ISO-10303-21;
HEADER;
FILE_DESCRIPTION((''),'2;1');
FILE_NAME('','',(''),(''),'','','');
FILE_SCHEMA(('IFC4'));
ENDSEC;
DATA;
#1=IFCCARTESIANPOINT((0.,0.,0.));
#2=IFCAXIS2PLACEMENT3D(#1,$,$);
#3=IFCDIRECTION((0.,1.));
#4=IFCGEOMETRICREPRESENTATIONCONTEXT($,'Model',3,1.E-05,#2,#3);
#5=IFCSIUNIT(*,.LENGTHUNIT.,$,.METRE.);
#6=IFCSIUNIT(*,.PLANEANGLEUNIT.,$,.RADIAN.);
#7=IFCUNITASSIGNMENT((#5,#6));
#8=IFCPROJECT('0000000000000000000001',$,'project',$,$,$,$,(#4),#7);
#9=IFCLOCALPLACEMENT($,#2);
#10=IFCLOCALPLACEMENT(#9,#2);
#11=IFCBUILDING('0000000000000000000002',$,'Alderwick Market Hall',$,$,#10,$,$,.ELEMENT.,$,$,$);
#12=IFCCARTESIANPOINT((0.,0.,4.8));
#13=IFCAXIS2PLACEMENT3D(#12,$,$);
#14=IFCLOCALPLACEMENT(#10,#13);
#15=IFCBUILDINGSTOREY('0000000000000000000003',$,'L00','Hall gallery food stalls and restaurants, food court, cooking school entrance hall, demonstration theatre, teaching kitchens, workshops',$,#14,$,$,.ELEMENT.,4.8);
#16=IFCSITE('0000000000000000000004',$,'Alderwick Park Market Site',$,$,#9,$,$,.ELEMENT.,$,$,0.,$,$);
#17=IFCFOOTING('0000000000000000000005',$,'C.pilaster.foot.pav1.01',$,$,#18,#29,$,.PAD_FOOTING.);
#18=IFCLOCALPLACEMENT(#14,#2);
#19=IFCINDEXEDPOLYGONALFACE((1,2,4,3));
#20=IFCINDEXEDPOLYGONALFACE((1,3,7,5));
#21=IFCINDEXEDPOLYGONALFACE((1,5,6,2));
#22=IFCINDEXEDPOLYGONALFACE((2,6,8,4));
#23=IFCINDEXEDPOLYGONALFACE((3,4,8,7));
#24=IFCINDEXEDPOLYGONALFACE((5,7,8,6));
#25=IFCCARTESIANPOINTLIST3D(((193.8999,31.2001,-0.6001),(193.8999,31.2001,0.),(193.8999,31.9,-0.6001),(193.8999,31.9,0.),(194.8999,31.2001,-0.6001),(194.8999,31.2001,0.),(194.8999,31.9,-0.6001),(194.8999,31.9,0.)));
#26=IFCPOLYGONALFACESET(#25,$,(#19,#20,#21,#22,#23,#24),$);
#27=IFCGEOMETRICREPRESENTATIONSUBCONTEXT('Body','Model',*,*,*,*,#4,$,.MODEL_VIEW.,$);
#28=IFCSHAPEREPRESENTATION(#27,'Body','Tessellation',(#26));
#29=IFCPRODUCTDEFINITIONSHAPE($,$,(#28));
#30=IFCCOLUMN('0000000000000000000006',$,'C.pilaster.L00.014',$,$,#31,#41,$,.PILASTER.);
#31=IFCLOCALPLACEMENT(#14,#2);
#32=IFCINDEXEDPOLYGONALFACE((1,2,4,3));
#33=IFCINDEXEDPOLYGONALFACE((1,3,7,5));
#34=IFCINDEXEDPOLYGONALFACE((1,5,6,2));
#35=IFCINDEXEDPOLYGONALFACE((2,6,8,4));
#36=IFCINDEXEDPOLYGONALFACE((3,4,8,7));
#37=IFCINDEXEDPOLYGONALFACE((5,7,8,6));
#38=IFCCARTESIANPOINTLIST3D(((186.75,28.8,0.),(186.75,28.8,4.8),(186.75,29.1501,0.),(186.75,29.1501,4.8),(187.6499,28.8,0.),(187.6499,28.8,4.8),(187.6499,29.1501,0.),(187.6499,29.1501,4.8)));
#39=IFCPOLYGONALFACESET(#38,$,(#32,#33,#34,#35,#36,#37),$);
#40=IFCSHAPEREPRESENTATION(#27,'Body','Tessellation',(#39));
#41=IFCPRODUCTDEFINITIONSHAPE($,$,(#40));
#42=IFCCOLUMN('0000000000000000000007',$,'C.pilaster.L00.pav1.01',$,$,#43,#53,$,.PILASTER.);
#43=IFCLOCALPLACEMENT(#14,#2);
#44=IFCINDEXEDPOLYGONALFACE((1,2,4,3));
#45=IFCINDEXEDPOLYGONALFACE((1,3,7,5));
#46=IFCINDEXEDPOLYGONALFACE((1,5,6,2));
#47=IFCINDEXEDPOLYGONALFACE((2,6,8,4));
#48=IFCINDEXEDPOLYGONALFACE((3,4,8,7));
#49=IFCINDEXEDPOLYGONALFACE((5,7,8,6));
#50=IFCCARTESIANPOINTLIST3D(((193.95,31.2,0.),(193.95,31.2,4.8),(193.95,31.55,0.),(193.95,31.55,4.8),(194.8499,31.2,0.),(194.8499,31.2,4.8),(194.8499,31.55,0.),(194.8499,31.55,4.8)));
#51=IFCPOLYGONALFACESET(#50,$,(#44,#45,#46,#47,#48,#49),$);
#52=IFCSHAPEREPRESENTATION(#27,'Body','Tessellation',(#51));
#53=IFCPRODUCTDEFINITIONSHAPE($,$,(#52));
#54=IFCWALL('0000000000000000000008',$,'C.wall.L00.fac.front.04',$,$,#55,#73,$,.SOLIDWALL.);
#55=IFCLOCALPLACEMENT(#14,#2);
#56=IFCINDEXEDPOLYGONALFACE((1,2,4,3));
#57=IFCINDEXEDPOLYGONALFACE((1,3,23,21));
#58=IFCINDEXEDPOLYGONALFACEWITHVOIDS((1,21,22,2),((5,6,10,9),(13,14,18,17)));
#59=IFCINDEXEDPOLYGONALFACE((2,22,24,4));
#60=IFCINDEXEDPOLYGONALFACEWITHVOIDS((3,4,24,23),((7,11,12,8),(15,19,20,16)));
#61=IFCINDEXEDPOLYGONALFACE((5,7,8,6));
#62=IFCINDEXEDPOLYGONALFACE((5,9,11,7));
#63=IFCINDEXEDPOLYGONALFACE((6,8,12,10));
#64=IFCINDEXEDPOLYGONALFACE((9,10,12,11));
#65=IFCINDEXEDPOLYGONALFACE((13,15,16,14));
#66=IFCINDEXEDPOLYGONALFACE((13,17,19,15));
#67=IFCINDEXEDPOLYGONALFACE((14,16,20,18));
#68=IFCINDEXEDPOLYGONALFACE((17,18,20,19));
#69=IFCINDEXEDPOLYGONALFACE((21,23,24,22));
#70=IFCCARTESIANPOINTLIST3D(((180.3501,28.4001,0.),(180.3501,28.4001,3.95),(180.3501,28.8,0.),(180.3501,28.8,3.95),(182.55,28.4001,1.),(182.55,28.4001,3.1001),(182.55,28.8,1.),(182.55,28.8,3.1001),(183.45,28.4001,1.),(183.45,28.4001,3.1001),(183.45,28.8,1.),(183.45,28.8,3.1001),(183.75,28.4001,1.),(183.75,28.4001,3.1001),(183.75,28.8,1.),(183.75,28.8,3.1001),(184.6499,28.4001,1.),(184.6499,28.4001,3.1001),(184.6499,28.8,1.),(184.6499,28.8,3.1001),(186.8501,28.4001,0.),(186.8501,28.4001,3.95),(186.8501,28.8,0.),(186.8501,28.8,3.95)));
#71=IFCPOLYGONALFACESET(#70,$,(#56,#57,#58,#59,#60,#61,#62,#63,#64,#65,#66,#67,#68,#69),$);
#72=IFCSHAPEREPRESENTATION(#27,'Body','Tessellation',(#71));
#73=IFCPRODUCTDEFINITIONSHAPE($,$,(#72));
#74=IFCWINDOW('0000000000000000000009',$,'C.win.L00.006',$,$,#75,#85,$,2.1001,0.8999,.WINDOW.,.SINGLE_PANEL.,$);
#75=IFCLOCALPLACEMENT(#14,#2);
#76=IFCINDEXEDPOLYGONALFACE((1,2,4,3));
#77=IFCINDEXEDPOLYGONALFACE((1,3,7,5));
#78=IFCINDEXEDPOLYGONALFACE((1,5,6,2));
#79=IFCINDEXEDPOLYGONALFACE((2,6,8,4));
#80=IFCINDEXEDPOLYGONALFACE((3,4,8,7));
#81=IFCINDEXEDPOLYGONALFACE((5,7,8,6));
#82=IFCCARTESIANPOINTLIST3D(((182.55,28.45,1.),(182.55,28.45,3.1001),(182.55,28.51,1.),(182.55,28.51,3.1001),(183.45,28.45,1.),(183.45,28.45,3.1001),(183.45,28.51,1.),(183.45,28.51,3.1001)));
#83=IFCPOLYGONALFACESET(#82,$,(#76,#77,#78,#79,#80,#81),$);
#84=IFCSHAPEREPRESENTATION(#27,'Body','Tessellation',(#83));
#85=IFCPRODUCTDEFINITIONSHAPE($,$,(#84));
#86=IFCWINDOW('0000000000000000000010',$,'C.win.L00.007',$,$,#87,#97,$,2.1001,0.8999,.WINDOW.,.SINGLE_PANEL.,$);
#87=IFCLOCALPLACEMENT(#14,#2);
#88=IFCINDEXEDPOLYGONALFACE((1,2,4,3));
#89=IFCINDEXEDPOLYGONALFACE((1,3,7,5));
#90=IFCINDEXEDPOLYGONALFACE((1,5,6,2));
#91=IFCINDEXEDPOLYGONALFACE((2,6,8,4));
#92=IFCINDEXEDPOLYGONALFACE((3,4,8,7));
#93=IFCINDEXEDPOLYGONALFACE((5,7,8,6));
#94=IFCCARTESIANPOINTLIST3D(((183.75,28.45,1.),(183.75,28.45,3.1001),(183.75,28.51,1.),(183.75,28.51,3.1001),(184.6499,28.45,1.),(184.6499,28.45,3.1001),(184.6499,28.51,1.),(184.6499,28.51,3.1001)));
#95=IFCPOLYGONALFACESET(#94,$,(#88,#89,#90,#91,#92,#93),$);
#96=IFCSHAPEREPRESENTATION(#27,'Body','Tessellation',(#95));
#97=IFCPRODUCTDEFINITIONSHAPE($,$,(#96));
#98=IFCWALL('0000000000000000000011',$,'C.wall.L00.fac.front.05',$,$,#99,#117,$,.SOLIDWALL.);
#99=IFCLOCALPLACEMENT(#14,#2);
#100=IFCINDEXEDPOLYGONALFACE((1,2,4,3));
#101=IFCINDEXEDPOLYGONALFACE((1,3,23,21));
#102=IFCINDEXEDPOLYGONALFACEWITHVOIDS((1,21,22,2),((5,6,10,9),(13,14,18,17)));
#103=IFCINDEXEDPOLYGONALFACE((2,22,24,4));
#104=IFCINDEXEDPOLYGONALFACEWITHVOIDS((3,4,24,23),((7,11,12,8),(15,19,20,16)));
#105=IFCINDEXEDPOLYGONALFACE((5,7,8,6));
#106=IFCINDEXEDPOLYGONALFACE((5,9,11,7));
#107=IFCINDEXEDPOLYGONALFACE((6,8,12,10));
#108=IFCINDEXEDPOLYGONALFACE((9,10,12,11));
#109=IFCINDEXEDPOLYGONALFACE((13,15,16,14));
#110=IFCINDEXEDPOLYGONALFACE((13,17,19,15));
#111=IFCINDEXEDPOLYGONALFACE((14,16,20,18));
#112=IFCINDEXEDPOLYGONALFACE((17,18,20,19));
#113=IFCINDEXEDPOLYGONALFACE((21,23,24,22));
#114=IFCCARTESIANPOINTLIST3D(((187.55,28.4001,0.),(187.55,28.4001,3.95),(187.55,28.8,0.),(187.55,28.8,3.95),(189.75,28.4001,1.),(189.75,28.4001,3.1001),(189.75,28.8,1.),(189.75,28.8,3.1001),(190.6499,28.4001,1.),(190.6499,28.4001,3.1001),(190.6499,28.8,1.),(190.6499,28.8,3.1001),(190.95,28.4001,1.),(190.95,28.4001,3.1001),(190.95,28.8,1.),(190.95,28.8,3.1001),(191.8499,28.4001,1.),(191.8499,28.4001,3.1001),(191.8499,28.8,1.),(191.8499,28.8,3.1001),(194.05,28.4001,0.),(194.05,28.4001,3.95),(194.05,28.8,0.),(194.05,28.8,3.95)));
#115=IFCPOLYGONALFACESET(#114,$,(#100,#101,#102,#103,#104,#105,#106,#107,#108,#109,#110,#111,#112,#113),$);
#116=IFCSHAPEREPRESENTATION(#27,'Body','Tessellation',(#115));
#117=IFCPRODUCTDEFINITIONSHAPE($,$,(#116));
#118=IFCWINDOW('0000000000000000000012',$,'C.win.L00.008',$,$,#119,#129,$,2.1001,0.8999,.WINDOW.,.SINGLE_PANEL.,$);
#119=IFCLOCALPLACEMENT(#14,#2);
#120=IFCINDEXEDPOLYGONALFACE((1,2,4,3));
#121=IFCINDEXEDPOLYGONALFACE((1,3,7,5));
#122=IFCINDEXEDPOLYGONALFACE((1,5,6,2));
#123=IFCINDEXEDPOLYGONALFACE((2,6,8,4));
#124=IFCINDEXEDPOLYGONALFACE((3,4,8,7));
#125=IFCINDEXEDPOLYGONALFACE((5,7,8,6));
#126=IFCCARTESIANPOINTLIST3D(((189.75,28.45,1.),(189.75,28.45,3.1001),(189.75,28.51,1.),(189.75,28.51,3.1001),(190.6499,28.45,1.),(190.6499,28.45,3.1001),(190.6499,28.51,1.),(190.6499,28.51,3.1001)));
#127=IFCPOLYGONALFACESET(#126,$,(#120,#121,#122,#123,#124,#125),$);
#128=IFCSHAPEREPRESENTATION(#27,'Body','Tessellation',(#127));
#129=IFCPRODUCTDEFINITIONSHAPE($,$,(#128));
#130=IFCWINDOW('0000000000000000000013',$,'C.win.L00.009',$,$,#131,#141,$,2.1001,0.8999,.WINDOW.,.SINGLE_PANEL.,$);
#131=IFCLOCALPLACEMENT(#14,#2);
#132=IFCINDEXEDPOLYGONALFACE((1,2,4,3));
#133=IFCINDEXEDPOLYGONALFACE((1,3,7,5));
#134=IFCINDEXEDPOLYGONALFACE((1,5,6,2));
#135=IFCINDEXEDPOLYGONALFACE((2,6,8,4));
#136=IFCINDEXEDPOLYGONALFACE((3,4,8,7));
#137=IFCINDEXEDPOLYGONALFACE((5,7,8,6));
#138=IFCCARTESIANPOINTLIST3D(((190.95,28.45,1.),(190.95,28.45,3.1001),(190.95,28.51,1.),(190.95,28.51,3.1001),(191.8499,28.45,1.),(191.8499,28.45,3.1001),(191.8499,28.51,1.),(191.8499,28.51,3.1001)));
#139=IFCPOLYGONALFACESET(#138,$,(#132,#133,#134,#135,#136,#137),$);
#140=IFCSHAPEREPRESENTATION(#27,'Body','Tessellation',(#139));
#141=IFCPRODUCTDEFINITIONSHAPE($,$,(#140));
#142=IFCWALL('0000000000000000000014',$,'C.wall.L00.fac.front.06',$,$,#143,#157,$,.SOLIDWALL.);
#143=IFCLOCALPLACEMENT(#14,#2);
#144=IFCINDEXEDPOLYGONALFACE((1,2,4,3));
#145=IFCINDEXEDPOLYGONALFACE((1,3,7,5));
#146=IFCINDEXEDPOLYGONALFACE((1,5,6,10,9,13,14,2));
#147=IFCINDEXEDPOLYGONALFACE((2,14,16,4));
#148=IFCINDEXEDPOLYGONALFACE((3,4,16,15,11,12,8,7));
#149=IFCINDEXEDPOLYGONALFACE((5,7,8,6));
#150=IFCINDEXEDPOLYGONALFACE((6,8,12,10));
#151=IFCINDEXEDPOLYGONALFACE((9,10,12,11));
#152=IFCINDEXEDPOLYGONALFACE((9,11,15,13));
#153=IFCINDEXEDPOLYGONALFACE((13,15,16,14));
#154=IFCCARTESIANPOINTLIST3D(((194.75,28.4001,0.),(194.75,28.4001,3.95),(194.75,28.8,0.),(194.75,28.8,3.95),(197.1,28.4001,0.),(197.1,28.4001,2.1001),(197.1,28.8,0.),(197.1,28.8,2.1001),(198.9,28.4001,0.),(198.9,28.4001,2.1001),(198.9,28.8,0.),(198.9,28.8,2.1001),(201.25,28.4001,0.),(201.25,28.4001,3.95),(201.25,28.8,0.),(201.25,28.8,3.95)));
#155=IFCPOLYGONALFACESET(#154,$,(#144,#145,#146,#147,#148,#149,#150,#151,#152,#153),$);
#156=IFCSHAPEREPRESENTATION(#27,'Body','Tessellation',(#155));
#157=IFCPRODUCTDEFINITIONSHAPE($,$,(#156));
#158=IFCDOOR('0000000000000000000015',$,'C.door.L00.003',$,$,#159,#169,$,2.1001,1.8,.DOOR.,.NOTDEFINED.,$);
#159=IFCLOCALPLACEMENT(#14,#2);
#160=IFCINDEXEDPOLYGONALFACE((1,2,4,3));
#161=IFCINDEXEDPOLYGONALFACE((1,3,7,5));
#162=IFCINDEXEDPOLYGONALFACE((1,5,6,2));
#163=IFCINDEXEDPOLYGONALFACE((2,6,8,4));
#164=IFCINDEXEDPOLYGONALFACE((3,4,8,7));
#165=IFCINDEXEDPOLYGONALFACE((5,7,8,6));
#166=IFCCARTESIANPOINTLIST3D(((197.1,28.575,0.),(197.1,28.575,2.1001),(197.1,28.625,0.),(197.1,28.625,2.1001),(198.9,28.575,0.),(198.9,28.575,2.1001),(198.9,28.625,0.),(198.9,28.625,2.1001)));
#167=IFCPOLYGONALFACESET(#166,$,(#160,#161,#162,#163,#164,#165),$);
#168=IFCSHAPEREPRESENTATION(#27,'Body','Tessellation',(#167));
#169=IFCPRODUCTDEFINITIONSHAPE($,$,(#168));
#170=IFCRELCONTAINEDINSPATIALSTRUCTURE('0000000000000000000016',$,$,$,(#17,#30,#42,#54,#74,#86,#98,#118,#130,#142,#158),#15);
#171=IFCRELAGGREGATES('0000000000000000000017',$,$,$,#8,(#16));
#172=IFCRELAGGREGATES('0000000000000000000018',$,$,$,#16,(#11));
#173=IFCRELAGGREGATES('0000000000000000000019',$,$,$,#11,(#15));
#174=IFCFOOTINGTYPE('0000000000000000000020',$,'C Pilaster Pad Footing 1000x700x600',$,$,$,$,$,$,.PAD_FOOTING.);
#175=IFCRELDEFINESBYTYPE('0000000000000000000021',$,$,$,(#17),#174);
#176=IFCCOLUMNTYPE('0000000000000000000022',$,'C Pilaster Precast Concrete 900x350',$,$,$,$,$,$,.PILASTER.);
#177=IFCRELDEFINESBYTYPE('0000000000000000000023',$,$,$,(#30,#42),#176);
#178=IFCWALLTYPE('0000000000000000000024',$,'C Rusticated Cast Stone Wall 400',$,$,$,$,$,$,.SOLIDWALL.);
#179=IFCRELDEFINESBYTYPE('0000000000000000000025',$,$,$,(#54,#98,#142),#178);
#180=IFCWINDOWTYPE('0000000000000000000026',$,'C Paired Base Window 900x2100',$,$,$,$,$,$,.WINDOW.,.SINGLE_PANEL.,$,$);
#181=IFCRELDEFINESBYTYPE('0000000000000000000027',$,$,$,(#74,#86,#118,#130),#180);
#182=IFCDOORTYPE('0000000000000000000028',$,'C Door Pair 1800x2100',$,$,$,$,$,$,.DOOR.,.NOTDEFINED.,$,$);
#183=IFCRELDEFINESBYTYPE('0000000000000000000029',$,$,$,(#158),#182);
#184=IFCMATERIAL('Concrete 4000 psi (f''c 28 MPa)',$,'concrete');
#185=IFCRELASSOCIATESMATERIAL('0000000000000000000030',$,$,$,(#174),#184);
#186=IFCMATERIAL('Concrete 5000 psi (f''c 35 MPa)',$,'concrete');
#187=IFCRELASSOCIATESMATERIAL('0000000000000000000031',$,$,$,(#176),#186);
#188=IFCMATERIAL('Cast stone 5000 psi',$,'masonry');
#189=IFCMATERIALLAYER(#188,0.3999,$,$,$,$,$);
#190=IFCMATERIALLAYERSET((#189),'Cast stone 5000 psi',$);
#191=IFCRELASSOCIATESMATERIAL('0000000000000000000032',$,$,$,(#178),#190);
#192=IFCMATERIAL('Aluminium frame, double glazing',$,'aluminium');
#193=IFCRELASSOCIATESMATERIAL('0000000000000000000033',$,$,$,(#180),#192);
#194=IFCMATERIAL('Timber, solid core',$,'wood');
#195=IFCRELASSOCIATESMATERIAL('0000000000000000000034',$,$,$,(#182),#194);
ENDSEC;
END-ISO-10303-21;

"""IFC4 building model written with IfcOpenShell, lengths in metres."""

from ifc_helpers import new_model, si_unit, direction, frame, frame_2d, origin, origin_2d, place, context, subcontext, project, spatial, rectangle, extrude, material, layer, layer_set, material_profile, profile_set, type_object, element, fill, save


model = new_model("IFC4")

# Units and contexts
model_context = context("Model", 3, precision=1e-05, world=origin(), true_north=direction((0.0, 1.0)))
body_context = subcontext(model_context, "Body", "Model", "MODEL_VIEW")
ifc_project = project(units=[si_unit("LENGTHUNIT", "METRE"), si_unit("PLANEANGLEUNIT", "RADIAN")], contexts=[model_context])

# Site, building, storey
site_placement = place(None, origin())
site = spatial("IfcSite", under=ifc_project, at=site_placement, Name="Alderwick Park Market Site", CompositionType="ELEMENT", RefElevation=0.0)
building_placement = place(site_placement, origin())
building = spatial("IfcBuilding", under=site, at=building_placement, Name="Alderwick Market Hall", CompositionType="ELEMENT")
storey_placement = place(building_placement, frame((0.0, 0.0, 4.8)))
storey = spatial("IfcBuildingStorey", under=building, at=storey_placement, Name="L00", Description="Hall gallery food stalls and restaurants, food court, cooking school entrance hall, demonstration theatre, teaching kitchens, workshops", CompositionType="ELEMENT", Elevation=4.8)

# Footing
ifc_material_1 = material(Name="Concrete 4000 psi (f'c 28 MPa)", Category="concrete")
footing_type = type_object("IfcFootingType", Name="C Pilaster Pad Footing 1000x700x600", PredefinedType="PAD_FOOTING", material=ifc_material_1)
footing_placement = place(storey_placement, frame((194.3999, 31.55, -0.6001), z_axis=(0.0, 0.0, 1.0), x_axis=(1.0, 0.0, 0.0)))
element("IfcFooting", 1, at=footing_placement, inside=storey, type_object=footing_type, Name="C.pilaster.foot.pav1.01", PredefinedType="PAD_FOOTING", context=body_context, shape_type="SweptSolid", body=[
    extrude(rectangle(XDim=1.0, YDim=0.7, at=origin_2d()), origin(), (0.0, 0.0, 1.0), 0.6001),
])

# Columns
ifc_material_2 = material(Name="Concrete 5000 psi (f'c 35 MPa)", Category="concrete")
ifc_material_profile = material_profile(ifc_material_2, rectangle(XDim=0.8999, YDim=0.3501, at=origin_2d()), Name="PC 900x350")
ifc_profile_set = profile_set([ifc_material_profile], Name="Concrete 5000 psi (f'c 35 MPa)")
column_type = type_object("IfcColumnType", Name="C Pilaster Precast Concrete 900x350", PredefinedType="PILASTER", material=ifc_profile_set)
for number, where, z_axis, x_axis, name in (
    (2, (187.2, 28.9751, 0.0), (0.0, 0.0, 1.0), (1.0, 0.0, 0.0), "C.pilaster.L00.014"),
    (3, (194.3999, 31.375, 0.0), (0.0, 0.0, 1.0), (1.0, 0.0, 0.0), "C.pilaster.L00.pav1.01"),
):
    element("IfcColumn", number, at=place(storey_placement, frame(where, z_axis=z_axis, x_axis=x_axis)), inside=storey, type_object=column_type, Name=name, PredefinedType="PILASTER", context=body_context, shape_type="SweptSolid", body=[
        extrude(rectangle(XDim=0.8999, YDim=0.3501, at=origin_2d()), origin(), (0.0, 0.0, 1.0), 4.8),
    ])

# Walls, openings, windows
ifc_material_3 = material(Name="Cast stone 5000 psi", Category="masonry")
ifc_layer_1 = layer(ifc_material_3, 0.3999)
ifc_layer_set_1 = layer_set([ifc_layer_1], Name="Cast stone 5000 psi")
wall_type = type_object("IfcWallType", Name="C Rusticated Cast Stone Wall 400", PredefinedType="SOLIDWALL", material=ifc_layer_set_1)
wall_1_placement = place(storey_placement, frame((180.3501, 28.6001, 0.0), z_axis=(0.0, 0.0, 1.0), x_axis=(1.0, 0.0, 0.0)))
wall_1 = element("IfcWall", 4, at=wall_1_placement, inside=storey, type_object=wall_type, Name="C.wall.L00.fac.front.04", PredefinedType="SOLIDWALL", context=body_context, shape_type="SweptSolid", body=[
    extrude(rectangle(XDim=6.5, YDim=0.3999, at=frame_2d((3.25, 0.0))), origin(), (0.0, 0.0, 1.0), 3.95),
])
opening_1_placement = place(wall_1_placement, frame((2.2, 0.0, 1.0)))
opening_1 = element("IfcOpeningElement", 5, at=opening_1_placement, cuts=wall_1, PredefinedType="OPENING", context=body_context, shape_type="SweptSolid", body=[
    extrude(rectangle(XDim=0.8999, YDim=2.1001, at=frame_2d((0.45, 1.05))), frame((0.0, 0.21, 0.0), z_axis=(0.0, -1.0, 0.0), x_axis=(1.0, 0.0, 0.0)), (0.0, 0.0, 1.0), 0.4199),
])
opening_2_placement = place(wall_1_placement, frame((3.3999, 0.0, 1.0)))
opening_2 = element("IfcOpeningElement", 6, at=opening_2_placement, cuts=wall_1, PredefinedType="OPENING", context=body_context, shape_type="SweptSolid", body=[
    extrude(rectangle(XDim=0.8999, YDim=2.1001, at=frame_2d((0.45, 1.05))), frame((0.0, 0.21, 0.0), z_axis=(0.0, -1.0, 0.0), x_axis=(1.0, 0.0, 0.0)), (0.0, 0.0, 1.0), 0.4199),
])
ifc_material_4 = material(Name="Aluminium frame, double glazing", Category="aluminium")
window_type = type_object("IfcWindowType", Name="C Paired Base Window 900x2100", PartitioningType="SINGLE_PANEL", PredefinedType="WINDOW", material=ifc_material_4)
window_1_placement = place(opening_1_placement, origin())
window_1 = element("IfcWindow", 7, at=window_1_placement, inside=storey, type_object=window_type, Name="C.win.L00.006", OverallHeight=2.1001, OverallWidth=0.8999, PartitioningType="SINGLE_PANEL", PredefinedType="WINDOW", context=body_context, shape_type="SweptSolid", body=[
    extrude(rectangle(XDim=0.8999, YDim=2.1001, at=frame_2d((0.45, 1.05))), frame((0.0, -0.0901, 0.0), z_axis=(0.0, -1.0, 0.0), x_axis=(1.0, 0.0, 0.0)), (0.0, 0.0, 1.0), 0.0601),
])
fill(opening_1, window_1)
window_2_placement = place(opening_2_placement, origin())
window_2 = element("IfcWindow", 8, at=window_2_placement, inside=storey, type_object=window_type, Name="C.win.L00.007", OverallHeight=2.1001, OverallWidth=0.8999, PartitioningType="SINGLE_PANEL", PredefinedType="WINDOW", context=body_context, shape_type="SweptSolid", body=[
    extrude(rectangle(XDim=0.8999, YDim=2.1001, at=frame_2d((0.45, 1.05))), frame((0.0, -0.0901, 0.0), z_axis=(0.0, -1.0, 0.0), x_axis=(1.0, 0.0, 0.0)), (0.0, 0.0, 1.0), 0.0601),
])
fill(opening_2, window_2)
wall_2_placement = place(storey_placement, frame((187.55, 28.6001, 0.0), z_axis=(0.0, 0.0, 1.0), x_axis=(1.0, 0.0, 0.0)))
wall_2 = element("IfcWall", 9, at=wall_2_placement, inside=storey, type_object=wall_type, Name="C.wall.L00.fac.front.05", PredefinedType="SOLIDWALL", context=body_context, shape_type="SweptSolid", body=[
    extrude(rectangle(XDim=6.5, YDim=0.3999, at=frame_2d((3.25, 0.0))), origin(), (0.0, 0.0, 1.0), 3.95),
])
opening_3_placement = place(wall_2_placement, frame((2.2, 0.0, 1.0)))
opening_3 = element("IfcOpeningElement", 10, at=opening_3_placement, cuts=wall_2, PredefinedType="OPENING", context=body_context, shape_type="SweptSolid", body=[
    extrude(rectangle(XDim=0.8999, YDim=2.1001, at=frame_2d((0.45, 1.05))), frame((0.0, 0.21, 0.0), z_axis=(0.0, -1.0, 0.0), x_axis=(1.0, 0.0, 0.0)), (0.0, 0.0, 1.0), 0.4199),
])
opening_4_placement = place(wall_2_placement, frame((3.3999, 0.0, 1.0)))
opening_4 = element("IfcOpeningElement", 11, at=opening_4_placement, cuts=wall_2, PredefinedType="OPENING", context=body_context, shape_type="SweptSolid", body=[
    extrude(rectangle(XDim=0.8999, YDim=2.1001, at=frame_2d((0.45, 1.05))), frame((0.0, 0.21, 0.0), z_axis=(0.0, -1.0, 0.0), x_axis=(1.0, 0.0, 0.0)), (0.0, 0.0, 1.0), 0.4199),
])
window_3_placement = place(opening_3_placement, origin())
window_3 = element("IfcWindow", 12, at=window_3_placement, inside=storey, type_object=window_type, Name="C.win.L00.008", OverallHeight=2.1001, OverallWidth=0.8999, PartitioningType="SINGLE_PANEL", PredefinedType="WINDOW", context=body_context, shape_type="SweptSolid", body=[
    extrude(rectangle(XDim=0.8999, YDim=2.1001, at=frame_2d((0.45, 1.05))), frame((0.0, -0.0901, 0.0), z_axis=(0.0, -1.0, 0.0), x_axis=(1.0, 0.0, 0.0)), (0.0, 0.0, 1.0), 0.0601),
])
fill(opening_3, window_3)
window_4_placement = place(opening_4_placement, origin())
window_4 = element("IfcWindow", 13, at=window_4_placement, inside=storey, type_object=window_type, Name="C.win.L00.009", OverallHeight=2.1001, OverallWidth=0.8999, PartitioningType="SINGLE_PANEL", PredefinedType="WINDOW", context=body_context, shape_type="SweptSolid", body=[
    extrude(rectangle(XDim=0.8999, YDim=2.1001, at=frame_2d((0.45, 1.05))), frame((0.0, -0.0901, 0.0), z_axis=(0.0, -1.0, 0.0), x_axis=(1.0, 0.0, 0.0)), (0.0, 0.0, 1.0), 0.0601),
])
fill(opening_4, window_4)

# Wall, opening, door
wall_3_placement = place(storey_placement, frame((194.75, 28.6001, 0.0), z_axis=(0.0, 0.0, 1.0), x_axis=(1.0, 0.0, 0.0)))
wall_3 = element("IfcWall", 14, at=wall_3_placement, inside=storey, type_object=wall_type, Name="C.wall.L00.fac.front.06", PredefinedType="SOLIDWALL", context=body_context, shape_type="SweptSolid", body=[
    extrude(rectangle(XDim=6.5, YDim=0.3999, at=frame_2d((3.25, 0.0))), origin(), (0.0, 0.0, 1.0), 3.95),
])
opening_5_placement = place(wall_3_placement, frame((2.3501, 0.0, 0.0)))
opening_5 = element("IfcOpeningElement", 15, at=opening_5_placement, cuts=wall_3, PredefinedType="OPENING", context=body_context, shape_type="SweptSolid", body=[
    extrude(rectangle(XDim=1.8, YDim=2.1001, at=frame_2d((0.8999, 1.05))), frame((0.0, 0.21, 0.0), z_axis=(0.0, -1.0, 0.0), x_axis=(1.0, 0.0, 0.0)), (0.0, 0.0, 1.0), 0.4199),
])
ifc_material_5 = material(Name="Timber, solid core", Category="wood")
door_type = type_object("IfcDoorType", Name="C Door Pair 1800x2100", OperationType="NOTDEFINED", PredefinedType="DOOR", material=ifc_material_5)
door_placement = place(opening_5_placement, origin())
door = element("IfcDoor", 16, at=door_placement, inside=storey, type_object=door_type, Name="C.door.L00.003", OperationType="NOTDEFINED", OverallHeight=2.1001, OverallWidth=1.8, PredefinedType="DOOR", context=body_context, shape_type="SweptSolid", body=[
    extrude(rectangle(XDim=1.8, YDim=2.1001, at=frame_2d((0.8999, 1.05))), frame((0.0, 0.0249, 0.0), z_axis=(0.0, -1.0, 0.0), x_axis=(1.0, 0.0, 0.0)), (0.0, 0.0, 1.0), 0.05),
])
fill(opening_5, door)

save(model, "model.ifc")
